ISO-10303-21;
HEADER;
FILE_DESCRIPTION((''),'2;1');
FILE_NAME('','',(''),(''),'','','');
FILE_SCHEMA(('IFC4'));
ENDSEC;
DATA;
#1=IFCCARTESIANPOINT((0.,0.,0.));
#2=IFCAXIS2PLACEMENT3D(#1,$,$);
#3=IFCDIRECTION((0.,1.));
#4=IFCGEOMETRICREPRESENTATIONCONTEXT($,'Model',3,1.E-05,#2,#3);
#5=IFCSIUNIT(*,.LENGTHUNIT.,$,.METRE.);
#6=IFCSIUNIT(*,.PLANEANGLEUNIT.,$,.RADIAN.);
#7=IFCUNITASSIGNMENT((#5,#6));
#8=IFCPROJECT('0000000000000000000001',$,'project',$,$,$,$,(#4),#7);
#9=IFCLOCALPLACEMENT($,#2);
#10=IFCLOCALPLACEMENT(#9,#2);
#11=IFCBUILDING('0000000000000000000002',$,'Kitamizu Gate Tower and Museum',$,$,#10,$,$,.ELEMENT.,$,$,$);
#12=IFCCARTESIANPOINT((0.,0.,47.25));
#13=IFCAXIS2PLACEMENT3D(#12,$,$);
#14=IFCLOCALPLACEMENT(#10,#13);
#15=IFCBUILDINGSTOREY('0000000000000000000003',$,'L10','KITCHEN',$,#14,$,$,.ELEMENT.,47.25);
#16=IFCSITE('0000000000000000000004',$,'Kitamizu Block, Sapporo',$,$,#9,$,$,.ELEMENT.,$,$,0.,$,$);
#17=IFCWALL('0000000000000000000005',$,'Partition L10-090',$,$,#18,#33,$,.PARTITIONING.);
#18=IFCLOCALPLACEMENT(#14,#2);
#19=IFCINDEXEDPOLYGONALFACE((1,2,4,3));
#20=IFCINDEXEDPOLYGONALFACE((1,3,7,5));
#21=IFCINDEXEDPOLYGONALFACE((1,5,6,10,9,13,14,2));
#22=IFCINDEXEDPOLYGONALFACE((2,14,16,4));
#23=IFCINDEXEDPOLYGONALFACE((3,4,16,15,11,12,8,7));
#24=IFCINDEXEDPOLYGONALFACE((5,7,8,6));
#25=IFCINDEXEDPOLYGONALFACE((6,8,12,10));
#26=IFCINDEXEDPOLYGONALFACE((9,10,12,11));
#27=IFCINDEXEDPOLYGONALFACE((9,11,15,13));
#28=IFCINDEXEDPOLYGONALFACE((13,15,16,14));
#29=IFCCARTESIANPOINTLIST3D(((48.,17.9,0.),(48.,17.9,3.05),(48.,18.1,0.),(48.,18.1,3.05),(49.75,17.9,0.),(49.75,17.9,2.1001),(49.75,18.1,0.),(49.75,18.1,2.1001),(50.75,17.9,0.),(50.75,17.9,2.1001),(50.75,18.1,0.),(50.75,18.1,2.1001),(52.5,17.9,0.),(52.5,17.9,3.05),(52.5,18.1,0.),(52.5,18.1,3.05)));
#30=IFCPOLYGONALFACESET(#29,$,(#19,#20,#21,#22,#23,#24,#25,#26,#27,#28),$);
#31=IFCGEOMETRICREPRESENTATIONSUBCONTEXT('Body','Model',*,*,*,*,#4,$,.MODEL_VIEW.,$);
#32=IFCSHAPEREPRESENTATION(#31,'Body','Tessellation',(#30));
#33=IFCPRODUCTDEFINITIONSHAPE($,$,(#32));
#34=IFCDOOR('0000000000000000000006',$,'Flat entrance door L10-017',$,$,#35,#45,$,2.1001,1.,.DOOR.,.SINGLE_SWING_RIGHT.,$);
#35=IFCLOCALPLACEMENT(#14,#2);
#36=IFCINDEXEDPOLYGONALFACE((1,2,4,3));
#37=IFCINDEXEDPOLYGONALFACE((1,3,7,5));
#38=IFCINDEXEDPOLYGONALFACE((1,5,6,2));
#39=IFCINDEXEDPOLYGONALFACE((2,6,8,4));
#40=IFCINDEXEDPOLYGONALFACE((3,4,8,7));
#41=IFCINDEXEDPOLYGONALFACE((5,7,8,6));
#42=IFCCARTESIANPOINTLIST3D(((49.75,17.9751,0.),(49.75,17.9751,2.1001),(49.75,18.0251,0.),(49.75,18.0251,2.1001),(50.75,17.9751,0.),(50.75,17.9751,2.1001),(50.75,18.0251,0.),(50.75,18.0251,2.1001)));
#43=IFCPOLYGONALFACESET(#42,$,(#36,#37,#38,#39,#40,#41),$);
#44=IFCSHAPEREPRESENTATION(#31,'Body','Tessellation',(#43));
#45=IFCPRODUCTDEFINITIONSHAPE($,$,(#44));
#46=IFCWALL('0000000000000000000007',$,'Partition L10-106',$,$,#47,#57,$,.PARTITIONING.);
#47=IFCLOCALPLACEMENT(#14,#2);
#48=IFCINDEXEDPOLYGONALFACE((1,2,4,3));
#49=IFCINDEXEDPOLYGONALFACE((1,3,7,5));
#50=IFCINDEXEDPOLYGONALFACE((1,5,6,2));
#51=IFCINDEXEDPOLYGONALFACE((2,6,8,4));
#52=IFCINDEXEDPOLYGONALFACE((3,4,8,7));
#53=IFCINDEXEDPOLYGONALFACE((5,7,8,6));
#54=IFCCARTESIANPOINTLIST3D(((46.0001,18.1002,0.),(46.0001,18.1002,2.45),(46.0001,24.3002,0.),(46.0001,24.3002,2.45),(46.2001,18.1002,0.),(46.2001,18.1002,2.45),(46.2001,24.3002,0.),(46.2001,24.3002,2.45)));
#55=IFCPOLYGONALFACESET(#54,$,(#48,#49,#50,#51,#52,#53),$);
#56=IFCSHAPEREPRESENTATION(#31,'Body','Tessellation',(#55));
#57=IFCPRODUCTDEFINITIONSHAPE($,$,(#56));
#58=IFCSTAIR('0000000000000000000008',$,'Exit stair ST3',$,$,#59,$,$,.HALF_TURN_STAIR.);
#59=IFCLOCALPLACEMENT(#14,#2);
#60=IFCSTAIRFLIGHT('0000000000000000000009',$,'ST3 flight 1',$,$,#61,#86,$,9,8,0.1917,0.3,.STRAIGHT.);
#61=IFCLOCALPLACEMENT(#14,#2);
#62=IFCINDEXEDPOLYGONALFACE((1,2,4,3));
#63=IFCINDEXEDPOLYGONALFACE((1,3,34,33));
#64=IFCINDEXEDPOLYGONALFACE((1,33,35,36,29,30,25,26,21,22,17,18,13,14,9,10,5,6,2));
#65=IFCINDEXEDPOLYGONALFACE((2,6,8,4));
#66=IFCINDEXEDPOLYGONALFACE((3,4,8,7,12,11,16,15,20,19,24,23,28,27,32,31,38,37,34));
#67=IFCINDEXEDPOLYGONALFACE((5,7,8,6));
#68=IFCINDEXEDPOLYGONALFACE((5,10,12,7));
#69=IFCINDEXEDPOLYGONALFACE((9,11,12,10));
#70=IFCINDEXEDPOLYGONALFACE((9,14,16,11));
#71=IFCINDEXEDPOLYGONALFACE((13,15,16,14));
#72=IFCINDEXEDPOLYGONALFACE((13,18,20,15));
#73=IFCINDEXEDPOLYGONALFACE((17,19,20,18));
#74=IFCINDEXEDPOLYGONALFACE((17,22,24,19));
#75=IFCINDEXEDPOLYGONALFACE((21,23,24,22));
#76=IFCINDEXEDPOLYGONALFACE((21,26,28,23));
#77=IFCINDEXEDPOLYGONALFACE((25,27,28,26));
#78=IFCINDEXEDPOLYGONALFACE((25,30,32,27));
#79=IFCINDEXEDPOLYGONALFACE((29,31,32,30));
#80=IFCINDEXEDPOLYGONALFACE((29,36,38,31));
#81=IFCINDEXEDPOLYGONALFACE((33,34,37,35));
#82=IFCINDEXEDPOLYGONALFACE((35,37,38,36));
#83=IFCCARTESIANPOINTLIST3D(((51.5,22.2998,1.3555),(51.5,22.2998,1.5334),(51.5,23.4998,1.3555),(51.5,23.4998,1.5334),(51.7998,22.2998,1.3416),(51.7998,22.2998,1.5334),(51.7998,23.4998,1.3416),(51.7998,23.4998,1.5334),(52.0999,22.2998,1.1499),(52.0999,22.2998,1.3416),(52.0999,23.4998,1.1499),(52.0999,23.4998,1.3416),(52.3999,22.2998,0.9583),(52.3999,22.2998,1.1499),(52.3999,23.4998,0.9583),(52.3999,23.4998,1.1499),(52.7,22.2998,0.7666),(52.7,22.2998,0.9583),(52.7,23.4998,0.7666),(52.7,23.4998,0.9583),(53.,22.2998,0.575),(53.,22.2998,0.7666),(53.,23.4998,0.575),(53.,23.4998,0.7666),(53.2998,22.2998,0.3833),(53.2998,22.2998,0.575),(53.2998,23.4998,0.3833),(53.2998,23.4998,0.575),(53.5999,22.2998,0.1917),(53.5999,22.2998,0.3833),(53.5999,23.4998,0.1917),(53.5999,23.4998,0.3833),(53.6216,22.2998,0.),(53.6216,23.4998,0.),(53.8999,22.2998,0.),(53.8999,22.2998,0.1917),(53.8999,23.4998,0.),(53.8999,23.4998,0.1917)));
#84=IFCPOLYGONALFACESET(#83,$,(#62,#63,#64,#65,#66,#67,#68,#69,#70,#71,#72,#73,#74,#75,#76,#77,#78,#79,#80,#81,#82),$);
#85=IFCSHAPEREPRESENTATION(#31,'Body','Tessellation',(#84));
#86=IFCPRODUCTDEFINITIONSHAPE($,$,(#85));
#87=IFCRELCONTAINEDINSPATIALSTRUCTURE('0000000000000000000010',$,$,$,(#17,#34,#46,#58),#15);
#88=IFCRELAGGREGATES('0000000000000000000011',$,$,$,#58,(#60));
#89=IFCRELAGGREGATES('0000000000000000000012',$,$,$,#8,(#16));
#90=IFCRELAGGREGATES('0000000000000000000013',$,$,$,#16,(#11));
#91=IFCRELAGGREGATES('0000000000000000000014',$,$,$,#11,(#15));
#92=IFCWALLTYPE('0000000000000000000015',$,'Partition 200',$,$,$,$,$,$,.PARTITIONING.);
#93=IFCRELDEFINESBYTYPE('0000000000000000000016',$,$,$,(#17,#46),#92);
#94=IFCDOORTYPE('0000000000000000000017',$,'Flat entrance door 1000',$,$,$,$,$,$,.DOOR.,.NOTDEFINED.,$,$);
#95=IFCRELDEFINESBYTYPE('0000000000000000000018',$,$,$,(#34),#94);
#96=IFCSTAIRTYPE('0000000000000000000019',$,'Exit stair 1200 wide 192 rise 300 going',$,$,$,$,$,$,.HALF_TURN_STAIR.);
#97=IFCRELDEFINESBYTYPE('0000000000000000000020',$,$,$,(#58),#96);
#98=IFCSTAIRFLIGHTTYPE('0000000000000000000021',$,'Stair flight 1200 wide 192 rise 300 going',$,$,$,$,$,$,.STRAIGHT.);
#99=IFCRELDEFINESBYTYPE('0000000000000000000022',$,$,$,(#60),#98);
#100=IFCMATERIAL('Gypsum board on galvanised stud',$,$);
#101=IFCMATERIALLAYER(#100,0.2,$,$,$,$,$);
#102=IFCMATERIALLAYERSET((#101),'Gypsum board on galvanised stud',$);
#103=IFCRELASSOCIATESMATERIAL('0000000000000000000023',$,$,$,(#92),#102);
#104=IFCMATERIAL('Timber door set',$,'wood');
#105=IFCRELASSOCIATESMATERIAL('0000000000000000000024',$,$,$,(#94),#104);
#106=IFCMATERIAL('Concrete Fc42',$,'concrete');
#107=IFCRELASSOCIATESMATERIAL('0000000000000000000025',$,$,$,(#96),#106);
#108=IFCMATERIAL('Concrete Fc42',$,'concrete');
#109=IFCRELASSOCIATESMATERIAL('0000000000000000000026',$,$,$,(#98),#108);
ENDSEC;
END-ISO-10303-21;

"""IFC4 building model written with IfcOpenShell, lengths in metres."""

from ifc_helpers import new_model, si_unit, direction, frame, frame_2d, origin, place, context, subcontext, project, spatial, polyline, rectangle, outline, extrude, material, layer, layer_set, type_object, element, fill, aggregate, save


model = new_model("IFC4")

# Units and contexts
model_context = context("Model", 3, precision=1e-05, world=origin(), true_north=direction((0.0, 1.0)))
body_context = subcontext(model_context, "Body", "Model", "MODEL_VIEW")
ifc_project = project(units=[si_unit("LENGTHUNIT", "METRE"), si_unit("PLANEANGLEUNIT", "RADIAN")], contexts=[model_context])

# Site, building, storey
site_placement = place(None, origin())
site = spatial("IfcSite", under=ifc_project, at=site_placement, Name="Kitamizu Block, Sapporo", CompositionType="ELEMENT", RefElevation=0.0)
building_placement = place(site_placement, origin())
building = spatial("IfcBuilding", under=site, at=building_placement, Name="Kitamizu Gate Tower and Museum", CompositionType="ELEMENT")
storey_placement = place(building_placement, frame((0.0, 0.0, 47.25)))
storey = spatial("IfcBuildingStorey", under=building, at=storey_placement, Name="L10", Description="KITCHEN", CompositionType="ELEMENT", Elevation=47.25)

# Shared definitions
ifc_material_1 = material(Name="Gypsum board on galvanised stud")
ifc_layer_1 = layer(ifc_material_1, 0.2)
ifc_layer_set_1 = layer_set([ifc_layer_1], Name="Gypsum board on galvanised stud")
wall_type_1 = type_object("IfcWallType", Name="Partition 200", PredefinedType="PARTITIONING", material=ifc_layer_set_1)

# Wall, opening, door
wall_1_placement = place(storey_placement, frame((52.5, 18.0, 0.0), z_axis=(0.0, 0.0, 1.0), x_axis=(-1.0, 0.0, 0.0)))
wall_1 = element("IfcWall", 1, at=wall_1_placement, inside=storey, type_object=wall_type_1, Name="Partition L10-090", PredefinedType="PARTITIONING", context=body_context, shape_type="SweptSolid", body=[
    extrude(rectangle(XDim=4.5, YDim=0.2, at=frame_2d((2.25, 0.0))), origin(), (0.0, 0.0, 1.0), 3.05),
])
opening_1_placement = place(wall_1_placement, frame((1.75, 0.0, 0.0)))
opening_1 = element("IfcOpeningElement", 2, at=opening_1_placement, cuts=wall_1, PredefinedType="OPENING", context=body_context, shape_type="SweptSolid", body=[
    extrude(rectangle(XDim=1.0, YDim=2.1001, at=frame_2d((0.5, 1.05))), frame((0.0, 0.1099, 0.0), z_axis=(0.0, -1.0, 0.0), x_axis=(1.0, 0.0, 0.0)), (0.0, 0.0, 1.0), 0.22),
])
ifc_material_2 = material(Name="Timber door set", Category="wood")
door_type_1 = type_object("IfcDoorType", Name="Flat entrance door 1000", OperationType="NOTDEFINED", PredefinedType="DOOR", material=ifc_material_2)
door_1_placement = place(opening_1_placement, origin())
door_1 = element("IfcDoor", 3, at=door_1_placement, inside=storey, type_object=door_type_1, Name="Flat entrance door L10-017", OperationType="SINGLE_SWING_RIGHT", OverallHeight=2.1001, OverallWidth=1.0, PredefinedType="DOOR", context=body_context, shape_type="SweptSolid", body=[
    extrude(rectangle(XDim=1.0, YDim=2.1001, at=frame_2d((0.5, 1.05))), frame((0.0, 0.0249, 0.0), z_axis=(0.0, -1.0, 0.0), x_axis=(1.0, 0.0, 0.0)), (0.0, 0.0, 1.0), 0.05),
])
fill(opening_1, door_1)

# Wall
wall_2_placement = place(storey_placement, frame((46.1001, 18.1001, 0.0), z_axis=(0.0, 0.0, 1.0), x_axis=(0.0, 1.0, 0.0)))
element("IfcWall", 4, at=wall_2_placement, inside=storey, type_object=wall_type_1, Name="Partition L10-106", PredefinedType="PARTITIONING", context=body_context, shape_type="SweptSolid", body=[
    extrude(rectangle(XDim=6.2, YDim=0.2, at=frame_2d((3.1001, 0.0))), origin(), (0.0, 0.0, 1.0), 2.45),
])

# Stair, stair flight
ifc_material_3 = material(Name="Concrete Fc42", Category="concrete")
stair_type = type_object("IfcStairType", Name="Exit stair 1200 wide 192 rise 300 going", PredefinedType="HALF_TURN_STAIR", material=ifc_material_3)
stair_placement = place(storey_placement, origin())
stair = element("IfcStair", 5, at=stair_placement, inside=storey, type_object=stair_type, Name="Exit stair ST3", PredefinedType="HALF_TURN_STAIR")
ifc_material_4 = material(Name="Concrete Fc42", Category="concrete")
stair_flight_type = type_object("IfcStairFlightType", Name="Stair flight 1200 wide 192 rise 300 going", PredefinedType="STRAIGHT", material=ifc_material_4)
stair_flight_placement = place(storey_placement, frame((53.8999, 22.8999, 0.0), z_axis=(0.0, 0.0, 1.0), x_axis=(-1.0, 0.0, 0.0)))
stair_flight = element("IfcStairFlight", 6, at=stair_flight_placement, type_object=stair_flight_type, Name="ST3 flight 1", NumberOfRisers=9, NumberOfTreads=8, PredefinedType="STRAIGHT", RiserHeight=0.1917, TreadLength=0.3, context=body_context, shape_type="SweptSolid", body=[
    extrude(outline(polyline([(0.0, 0.0), (0.0, 0.1917), (0.3, 0.1917), (0.3, 0.3833), (0.6001, 0.3833), (0.6001, 0.575), (0.8999, 0.575), (0.8999, 0.7666), (1.2, 0.7666), (1.2, 0.9583), (1.5, 0.9583), (1.5, 1.1499), (1.8, 1.1499), (1.8, 1.3416), (2.1001, 1.3416), (2.1001, 1.5334), (2.3999, 1.5334), (2.3999, 1.7251), (2.3999, 1.3555), (0.2783, 0.0), (0.0, 0.0)])), frame((0.0, 0.6001, 0.0), z_axis=(0.0, -1.0, 0.0), x_axis=(1.0, 0.0, 0.0)), (0.0, 0.0, 1.0), 1.2),
])
aggregate(stair, [stair_flight])

save(model, "model.ifc")
